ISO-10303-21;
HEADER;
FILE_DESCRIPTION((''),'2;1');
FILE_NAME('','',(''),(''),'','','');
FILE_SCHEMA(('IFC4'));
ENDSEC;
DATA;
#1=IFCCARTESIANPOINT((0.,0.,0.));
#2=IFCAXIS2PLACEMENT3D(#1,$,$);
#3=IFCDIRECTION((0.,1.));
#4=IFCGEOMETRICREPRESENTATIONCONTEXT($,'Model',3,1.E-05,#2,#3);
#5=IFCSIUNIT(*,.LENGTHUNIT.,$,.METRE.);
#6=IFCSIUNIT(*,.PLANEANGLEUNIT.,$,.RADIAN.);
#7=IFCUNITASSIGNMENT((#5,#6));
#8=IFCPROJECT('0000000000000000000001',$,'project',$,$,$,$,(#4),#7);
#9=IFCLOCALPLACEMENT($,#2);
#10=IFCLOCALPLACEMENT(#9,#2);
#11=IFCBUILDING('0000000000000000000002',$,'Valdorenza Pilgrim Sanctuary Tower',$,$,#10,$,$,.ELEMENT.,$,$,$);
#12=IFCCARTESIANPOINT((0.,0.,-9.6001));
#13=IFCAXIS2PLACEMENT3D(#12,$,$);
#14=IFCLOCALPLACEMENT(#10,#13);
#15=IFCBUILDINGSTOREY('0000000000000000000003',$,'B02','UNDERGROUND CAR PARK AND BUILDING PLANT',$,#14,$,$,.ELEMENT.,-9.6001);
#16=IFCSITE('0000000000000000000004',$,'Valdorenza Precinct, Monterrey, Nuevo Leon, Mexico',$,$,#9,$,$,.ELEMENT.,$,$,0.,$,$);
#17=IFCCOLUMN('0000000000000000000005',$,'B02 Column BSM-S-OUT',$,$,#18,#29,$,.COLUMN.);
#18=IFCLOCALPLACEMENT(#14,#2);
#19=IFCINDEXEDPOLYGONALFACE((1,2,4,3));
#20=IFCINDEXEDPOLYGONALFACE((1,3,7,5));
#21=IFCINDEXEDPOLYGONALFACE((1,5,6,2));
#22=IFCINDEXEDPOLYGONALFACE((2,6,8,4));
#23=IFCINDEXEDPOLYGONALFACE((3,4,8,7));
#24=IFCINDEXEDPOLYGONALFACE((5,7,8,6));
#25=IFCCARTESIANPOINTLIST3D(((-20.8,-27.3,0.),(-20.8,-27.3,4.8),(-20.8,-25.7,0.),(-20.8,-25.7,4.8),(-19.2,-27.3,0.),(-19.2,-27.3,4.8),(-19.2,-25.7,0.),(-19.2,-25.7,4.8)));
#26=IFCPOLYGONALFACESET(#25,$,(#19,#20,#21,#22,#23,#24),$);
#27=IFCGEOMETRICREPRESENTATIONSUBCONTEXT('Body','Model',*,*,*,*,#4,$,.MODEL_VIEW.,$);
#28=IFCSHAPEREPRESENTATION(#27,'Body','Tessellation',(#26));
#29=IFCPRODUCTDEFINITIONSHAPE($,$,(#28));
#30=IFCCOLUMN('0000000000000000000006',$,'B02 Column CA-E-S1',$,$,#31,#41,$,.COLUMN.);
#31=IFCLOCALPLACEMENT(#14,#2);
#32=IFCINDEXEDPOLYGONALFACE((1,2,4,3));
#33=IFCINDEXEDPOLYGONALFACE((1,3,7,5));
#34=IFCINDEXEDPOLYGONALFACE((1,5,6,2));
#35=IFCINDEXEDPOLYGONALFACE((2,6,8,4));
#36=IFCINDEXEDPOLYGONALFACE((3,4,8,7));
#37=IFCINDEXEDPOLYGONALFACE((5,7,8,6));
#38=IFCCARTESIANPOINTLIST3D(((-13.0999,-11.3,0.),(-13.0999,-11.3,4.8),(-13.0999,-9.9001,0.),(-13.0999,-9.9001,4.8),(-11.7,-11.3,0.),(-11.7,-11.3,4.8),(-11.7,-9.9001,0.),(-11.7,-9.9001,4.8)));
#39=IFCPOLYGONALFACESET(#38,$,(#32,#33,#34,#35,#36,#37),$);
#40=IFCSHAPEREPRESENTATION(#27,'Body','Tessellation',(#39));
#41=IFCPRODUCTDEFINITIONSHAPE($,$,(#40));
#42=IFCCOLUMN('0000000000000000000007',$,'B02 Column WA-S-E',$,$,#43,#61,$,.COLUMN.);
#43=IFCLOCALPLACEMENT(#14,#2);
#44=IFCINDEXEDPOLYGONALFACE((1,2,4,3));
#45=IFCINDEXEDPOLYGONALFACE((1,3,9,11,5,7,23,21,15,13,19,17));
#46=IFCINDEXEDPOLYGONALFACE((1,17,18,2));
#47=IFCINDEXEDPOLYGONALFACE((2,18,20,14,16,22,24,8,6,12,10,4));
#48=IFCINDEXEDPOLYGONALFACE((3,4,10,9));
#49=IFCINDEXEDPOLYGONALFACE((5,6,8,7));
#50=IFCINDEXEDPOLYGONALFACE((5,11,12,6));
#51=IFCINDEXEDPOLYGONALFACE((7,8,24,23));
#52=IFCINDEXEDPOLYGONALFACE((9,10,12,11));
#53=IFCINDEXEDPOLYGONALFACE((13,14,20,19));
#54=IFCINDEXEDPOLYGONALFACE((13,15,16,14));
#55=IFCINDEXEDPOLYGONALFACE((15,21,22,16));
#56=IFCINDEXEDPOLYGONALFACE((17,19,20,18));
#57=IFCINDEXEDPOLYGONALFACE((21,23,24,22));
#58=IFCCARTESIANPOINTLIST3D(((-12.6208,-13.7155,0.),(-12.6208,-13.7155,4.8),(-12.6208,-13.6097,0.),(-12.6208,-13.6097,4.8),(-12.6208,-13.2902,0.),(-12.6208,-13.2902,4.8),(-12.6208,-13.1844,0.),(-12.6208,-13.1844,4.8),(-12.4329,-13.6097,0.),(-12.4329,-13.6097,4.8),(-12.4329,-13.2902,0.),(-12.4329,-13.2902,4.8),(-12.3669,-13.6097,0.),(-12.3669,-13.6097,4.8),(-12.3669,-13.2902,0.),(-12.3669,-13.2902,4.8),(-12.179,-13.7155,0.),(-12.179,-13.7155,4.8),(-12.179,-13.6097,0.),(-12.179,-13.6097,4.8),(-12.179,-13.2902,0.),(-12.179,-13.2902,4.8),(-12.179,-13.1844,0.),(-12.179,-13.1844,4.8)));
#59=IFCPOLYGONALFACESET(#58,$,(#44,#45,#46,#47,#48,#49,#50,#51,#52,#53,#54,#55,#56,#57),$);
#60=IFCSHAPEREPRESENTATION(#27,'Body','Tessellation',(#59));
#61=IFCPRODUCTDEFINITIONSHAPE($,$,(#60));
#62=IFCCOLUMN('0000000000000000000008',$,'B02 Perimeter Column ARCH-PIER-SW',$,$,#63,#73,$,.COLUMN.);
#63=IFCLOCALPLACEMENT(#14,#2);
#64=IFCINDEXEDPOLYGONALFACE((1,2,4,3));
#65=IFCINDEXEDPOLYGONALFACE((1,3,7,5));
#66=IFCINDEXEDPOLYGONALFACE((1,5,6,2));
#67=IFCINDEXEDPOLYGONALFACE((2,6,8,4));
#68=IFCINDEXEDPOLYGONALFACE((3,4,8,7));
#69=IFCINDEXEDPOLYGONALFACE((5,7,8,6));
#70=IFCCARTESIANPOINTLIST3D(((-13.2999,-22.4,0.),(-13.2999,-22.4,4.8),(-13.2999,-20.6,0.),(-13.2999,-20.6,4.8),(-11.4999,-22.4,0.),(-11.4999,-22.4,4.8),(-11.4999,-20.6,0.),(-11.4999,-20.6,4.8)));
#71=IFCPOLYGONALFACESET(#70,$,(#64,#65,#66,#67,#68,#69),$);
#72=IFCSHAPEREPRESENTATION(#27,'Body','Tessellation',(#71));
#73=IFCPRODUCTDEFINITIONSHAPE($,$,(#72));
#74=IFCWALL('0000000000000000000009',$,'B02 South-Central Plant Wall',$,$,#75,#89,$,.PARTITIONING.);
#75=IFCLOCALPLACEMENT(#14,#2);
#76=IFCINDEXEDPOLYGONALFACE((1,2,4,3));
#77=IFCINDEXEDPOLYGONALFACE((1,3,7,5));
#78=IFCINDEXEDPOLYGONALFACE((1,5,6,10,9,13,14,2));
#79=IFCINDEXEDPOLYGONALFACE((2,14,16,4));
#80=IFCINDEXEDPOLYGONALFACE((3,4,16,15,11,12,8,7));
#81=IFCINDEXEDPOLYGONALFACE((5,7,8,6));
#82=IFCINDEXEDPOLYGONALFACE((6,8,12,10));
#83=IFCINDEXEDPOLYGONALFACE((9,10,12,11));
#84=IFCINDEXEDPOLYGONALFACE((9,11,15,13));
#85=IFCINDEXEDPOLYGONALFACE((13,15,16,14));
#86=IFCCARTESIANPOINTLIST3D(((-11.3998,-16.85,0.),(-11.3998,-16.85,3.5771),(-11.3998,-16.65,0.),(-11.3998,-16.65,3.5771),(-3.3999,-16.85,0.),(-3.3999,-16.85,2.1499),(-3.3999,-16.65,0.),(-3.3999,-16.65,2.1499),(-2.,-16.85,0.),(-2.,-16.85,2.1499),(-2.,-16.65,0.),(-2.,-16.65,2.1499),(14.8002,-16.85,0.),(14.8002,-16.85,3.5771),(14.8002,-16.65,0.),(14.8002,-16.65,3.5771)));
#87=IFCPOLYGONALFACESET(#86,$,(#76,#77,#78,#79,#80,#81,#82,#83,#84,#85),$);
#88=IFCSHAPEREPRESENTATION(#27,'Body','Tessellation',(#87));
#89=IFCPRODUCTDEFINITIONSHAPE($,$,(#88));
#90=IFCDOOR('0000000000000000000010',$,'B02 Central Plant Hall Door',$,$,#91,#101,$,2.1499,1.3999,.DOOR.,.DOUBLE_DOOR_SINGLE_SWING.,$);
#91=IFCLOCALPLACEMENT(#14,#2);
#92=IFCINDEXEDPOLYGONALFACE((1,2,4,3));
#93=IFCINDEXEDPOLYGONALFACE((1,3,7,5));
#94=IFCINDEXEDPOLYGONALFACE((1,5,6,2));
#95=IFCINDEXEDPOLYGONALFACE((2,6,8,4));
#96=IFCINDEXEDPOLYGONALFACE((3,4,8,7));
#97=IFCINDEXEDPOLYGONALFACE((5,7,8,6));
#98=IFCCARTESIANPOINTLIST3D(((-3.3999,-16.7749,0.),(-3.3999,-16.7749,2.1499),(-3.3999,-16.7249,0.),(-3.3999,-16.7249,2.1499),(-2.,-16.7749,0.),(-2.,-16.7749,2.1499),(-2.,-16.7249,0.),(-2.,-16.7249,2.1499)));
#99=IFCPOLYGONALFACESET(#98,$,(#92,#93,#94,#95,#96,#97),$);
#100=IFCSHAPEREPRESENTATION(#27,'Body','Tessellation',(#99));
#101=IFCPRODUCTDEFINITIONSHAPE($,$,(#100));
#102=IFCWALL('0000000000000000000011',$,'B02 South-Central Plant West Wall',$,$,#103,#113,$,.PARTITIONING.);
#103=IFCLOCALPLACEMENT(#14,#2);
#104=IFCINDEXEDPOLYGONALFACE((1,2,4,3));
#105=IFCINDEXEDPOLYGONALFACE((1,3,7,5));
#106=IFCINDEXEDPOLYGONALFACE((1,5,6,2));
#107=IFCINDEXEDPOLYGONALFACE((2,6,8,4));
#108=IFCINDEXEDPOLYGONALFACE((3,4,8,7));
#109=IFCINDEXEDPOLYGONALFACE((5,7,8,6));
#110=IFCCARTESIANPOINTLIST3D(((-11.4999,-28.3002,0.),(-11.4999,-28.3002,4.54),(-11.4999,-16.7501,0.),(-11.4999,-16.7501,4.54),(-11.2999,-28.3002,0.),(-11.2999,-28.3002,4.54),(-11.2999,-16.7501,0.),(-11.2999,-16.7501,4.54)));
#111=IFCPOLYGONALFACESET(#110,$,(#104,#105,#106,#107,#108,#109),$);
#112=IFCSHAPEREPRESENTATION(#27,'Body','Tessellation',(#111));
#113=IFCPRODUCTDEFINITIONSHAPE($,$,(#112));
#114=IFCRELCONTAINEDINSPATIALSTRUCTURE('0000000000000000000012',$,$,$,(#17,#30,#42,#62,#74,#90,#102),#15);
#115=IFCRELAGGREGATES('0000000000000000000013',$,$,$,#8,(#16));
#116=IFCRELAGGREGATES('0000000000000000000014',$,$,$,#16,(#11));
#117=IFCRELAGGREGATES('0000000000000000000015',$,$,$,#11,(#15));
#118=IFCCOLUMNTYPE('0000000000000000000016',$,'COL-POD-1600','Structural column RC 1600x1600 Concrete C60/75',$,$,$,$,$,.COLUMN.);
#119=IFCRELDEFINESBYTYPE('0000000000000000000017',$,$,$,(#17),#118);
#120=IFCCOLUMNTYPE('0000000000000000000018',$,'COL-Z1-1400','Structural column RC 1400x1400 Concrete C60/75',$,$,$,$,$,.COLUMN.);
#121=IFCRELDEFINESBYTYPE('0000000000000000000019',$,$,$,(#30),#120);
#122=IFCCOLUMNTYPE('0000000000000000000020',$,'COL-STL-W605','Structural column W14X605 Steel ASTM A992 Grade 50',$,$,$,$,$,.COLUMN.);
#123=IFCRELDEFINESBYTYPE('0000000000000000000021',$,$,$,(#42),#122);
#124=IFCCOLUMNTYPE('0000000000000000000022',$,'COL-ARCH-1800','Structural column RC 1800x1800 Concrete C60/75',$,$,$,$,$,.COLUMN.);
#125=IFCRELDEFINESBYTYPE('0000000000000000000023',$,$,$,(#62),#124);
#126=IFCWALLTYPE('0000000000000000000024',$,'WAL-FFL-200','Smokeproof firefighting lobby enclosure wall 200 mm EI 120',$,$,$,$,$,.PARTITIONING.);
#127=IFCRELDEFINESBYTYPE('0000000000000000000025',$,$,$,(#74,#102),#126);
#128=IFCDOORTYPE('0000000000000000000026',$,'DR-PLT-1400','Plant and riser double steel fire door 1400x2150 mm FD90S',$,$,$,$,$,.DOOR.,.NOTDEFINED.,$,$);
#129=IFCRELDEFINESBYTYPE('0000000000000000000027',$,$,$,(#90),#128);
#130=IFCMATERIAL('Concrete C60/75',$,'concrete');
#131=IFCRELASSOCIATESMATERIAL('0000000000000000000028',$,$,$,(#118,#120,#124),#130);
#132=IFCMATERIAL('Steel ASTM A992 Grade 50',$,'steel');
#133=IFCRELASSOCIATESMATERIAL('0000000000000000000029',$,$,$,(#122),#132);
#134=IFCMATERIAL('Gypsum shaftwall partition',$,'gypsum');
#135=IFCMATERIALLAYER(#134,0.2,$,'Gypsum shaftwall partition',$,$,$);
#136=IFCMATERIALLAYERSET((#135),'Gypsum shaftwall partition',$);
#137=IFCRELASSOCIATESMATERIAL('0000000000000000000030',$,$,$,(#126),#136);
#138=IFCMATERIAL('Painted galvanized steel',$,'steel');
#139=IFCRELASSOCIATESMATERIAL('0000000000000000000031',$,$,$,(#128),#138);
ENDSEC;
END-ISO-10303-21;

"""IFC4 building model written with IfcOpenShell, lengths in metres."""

from ifc_helpers import new_model, si_unit, direction, frame, frame_2d, origin, origin_2d, place, context, subcontext, project, spatial, rectangle, i_section, extrude, source, transform, mapped, material, layer, layer_set, material_profile, profile_set, type_object, element, fill, save


model = new_model("IFC4")

# Units and contexts
model_context = context("Model", 3, precision=1e-05, world=origin(), true_north=direction((0.0, 1.0)))
body_context = subcontext(model_context, "Body", "Model", "MODEL_VIEW")
ifc_project = project(units=[si_unit("LENGTHUNIT", "METRE"), si_unit("PLANEANGLEUNIT", "RADIAN")], contexts=[model_context])

# Site, building, storey
site_placement = place(None, origin())
site = spatial("IfcSite", under=ifc_project, at=site_placement, Name="Valdorenza Precinct, Monterrey, Nuevo Leon, Mexico", CompositionType="ELEMENT", RefElevation=0.0)
building_placement = place(site_placement, origin())
building = spatial("IfcBuilding", under=site, at=building_placement, Name="Valdorenza Pilgrim Sanctuary Tower", CompositionType="ELEMENT")
storey_placement = place(building_placement, frame((0.0, 0.0, -9.6001)))
storey = spatial("IfcBuildingStorey", under=building, at=storey_placement, Name="B02", Description="UNDERGROUND CAR PARK AND BUILDING PLANT", CompositionType="ELEMENT", Elevation=-9.6001)

# Columns
ifc_material_1 = material(Name="Concrete C60/75", Category="concrete")
ifc_material_profile_1 = material_profile(ifc_material_1, rectangle(XDim=1.6001, YDim=1.6001, at=origin_2d()), Name="RC 1600x1600")
ifc_profile_set_1 = profile_set([ifc_material_profile_1], Name="Concrete C60/75")
column_type_1 = type_object("IfcColumnType", Name="COL-POD-1600", Description="Structural column RC 1600x1600 Concrete C60/75", PredefinedType="COLUMN", material=ifc_profile_set_1)
shared_shape_1 = source(origin(), body_context, "Body", "SweptSolid", [
    extrude(rectangle(XDim=1.6001, YDim=1.6001, at=origin_2d()), origin(), (0.0, 0.0, 1.0), 4.8),
])
column_1_placement = place(storey_placement, frame((-20.0, -26.5, 0.0), z_axis=(0.0, 0.0, 1.0), x_axis=(1.0, 0.0, 0.0)))
element("IfcColumn", 1, at=column_1_placement, inside=storey, type_object=column_type_1, Name="B02 Column BSM-S-OUT", PredefinedType="COLUMN", context=body_context, shape_type="MappedRepresentation", body=[
    mapped(shared_shape_1, transform((0.0, 0.0, 0.0), x_axis=(1.0, 0.0, 0.0), y_axis=(0.0, 1.0, 0.0), z_axis=(0.0, 0.0, 1.0), scale=1.0)),
])
ifc_material_profile_2 = material_profile(ifc_material_1, rectangle(XDim=1.3999, YDim=1.3999, at=origin_2d()), Name="RC 1400x1400")
ifc_profile_set_2 = profile_set([ifc_material_profile_2], Name="Concrete C60/75")
column_type_2 = type_object("IfcColumnType", Name="COL-Z1-1400", Description="Structural column RC 1400x1400 Concrete C60/75", PredefinedType="COLUMN", material=ifc_profile_set_2)
shared_shape_2 = source(origin(), body_context, "Body", "SweptSolid", [
    extrude(rectangle(XDim=1.3999, YDim=1.3999, at=origin_2d()), origin(), (0.0, 0.0, 1.0), 4.8),
])
column_2_placement = place(storey_placement, frame((-12.3999, -10.6001, 0.0), z_axis=(0.0, 0.0, 1.0), x_axis=(1.0, 0.0, 0.0)))
element("IfcColumn", 2, at=column_2_placement, inside=storey, type_object=column_type_2, Name="B02 Column CA-E-S1", PredefinedType="COLUMN", context=body_context, shape_type="MappedRepresentation", body=[
    mapped(shared_shape_2, transform((0.0, 0.0, 0.0), x_axis=(1.0, 0.0, 0.0), y_axis=(0.0, 1.0, 0.0), z_axis=(0.0, 0.0, 1.0), scale=1.0)),
])
ifc_material_2 = material(Name="Steel ASTM A992 Grade 50", Category="steel")
ifc_material_profile_3 = material_profile(ifc_material_2, i_section(OverallWidth=0.4419, OverallDepth=0.531, WebThickness=0.0659, FlangeThickness=0.1057, at=origin_2d()), Name="W14X605")
ifc_profile_set_3 = profile_set([ifc_material_profile_3], Name="Steel ASTM A992 Grade 50")
column_type_3 = type_object("IfcColumnType", Name="COL-STL-W605", Description="Structural column W14X605 Steel ASTM A992 Grade 50", PredefinedType="COLUMN", material=ifc_profile_set_3)
shared_shape_3 = source(origin(), body_context, "Body", "SweptSolid", [
    extrude(i_section(OverallWidth=0.4419, OverallDepth=0.531, WebThickness=0.0659, FlangeThickness=0.1057, at=origin_2d()), origin(), (0.0, 0.0, 1.0), 4.8),
])
column_3_placement = place(storey_placement, frame((-12.3999, -13.45, 0.0), z_axis=(0.0, 0.0, 1.0), x_axis=(1.0, 0.0, 0.0)))
element("IfcColumn", 3, at=column_3_placement, inside=storey, type_object=column_type_3, Name="B02 Column WA-S-E", PredefinedType="COLUMN", context=body_context, shape_type="MappedRepresentation", body=[
    mapped(shared_shape_3, transform((0.0, 0.0, 0.0), x_axis=(1.0, 0.0, 0.0), y_axis=(0.0, 1.0, 0.0), z_axis=(0.0, 0.0, 1.0), scale=1.0)),
])
ifc_material_profile_4 = material_profile(ifc_material_1, rectangle(XDim=1.8, YDim=1.8, at=origin_2d()), Name="RC 1800x1800")
ifc_profile_set_4 = profile_set([ifc_material_profile_4], Name="Concrete C60/75")
column_type_4 = type_object("IfcColumnType", Name="COL-ARCH-1800", Description="Structural column RC 1800x1800 Concrete C60/75", PredefinedType="COLUMN", material=ifc_profile_set_4)
shared_shape_4 = source(origin(), body_context, "Body", "SweptSolid", [
    extrude(rectangle(XDim=1.8, YDim=1.8, at=origin_2d()), origin(), (0.0, 0.0, 1.0), 4.8),
])
column_4_placement = place(storey_placement, frame((-12.3999, -21.5, 0.0), z_axis=(0.0, 0.0, 1.0), x_axis=(1.0, 0.0, 0.0)))
element("IfcColumn", 4, at=column_4_placement, inside=storey, type_object=column_type_4, Name="B02 Perimeter Column ARCH-PIER-SW", PredefinedType="COLUMN", context=body_context, shape_type="MappedRepresentation", body=[
    mapped(shared_shape_4, transform((0.0, 0.0, 0.0), x_axis=(1.0, 0.0, 0.0), y_axis=(0.0, 1.0, 0.0), z_axis=(0.0, 0.0, 1.0), scale=1.0)),
])

# Wall, opening, door
ifc_material_3 = material(Name="Gypsum shaftwall partition", Category="gypsum")
ifc_layer = layer(ifc_material_3, 0.2, Name="Gypsum shaftwall partition")
ifc_layer_set = layer_set([ifc_layer], Name="Gypsum shaftwall partition")
wall_type = type_object("IfcWallType", Name="WAL-FFL-200", Description="Smokeproof firefighting lobby enclosure wall 200 mm EI 120", PredefinedType="PARTITIONING", material=ifc_layer_set)
wall_1_placement = place(storey_placement, frame((-11.3999, -16.75, 0.0), z_axis=(0.0, 0.0, 1.0), x_axis=(1.0, 0.0, 0.0)))
wall_1 = element("IfcWall", 5, at=wall_1_placement, inside=storey, type_object=wall_type, Name="B02 South-Central Plant Wall", PredefinedType="PARTITIONING", context=body_context, shape_type="SweptSolid", body=[
    extrude(rectangle(XDim=26.2, YDim=0.2, at=frame_2d((13.1001, 0.0))), origin(), (0.0, 0.0, 1.0), 3.5771),
])
opening_placement = place(wall_1_placement, frame((8.0, 0.0, 0.0)))
opening = element("IfcOpeningElement", 6, at=opening_placement, cuts=wall_1, PredefinedType="OPENING", context=body_context, shape_type="SweptSolid", body=[
    extrude(rectangle(XDim=1.3999, YDim=2.1499, at=frame_2d((0.7, 1.075))), frame((0.0, 0.1147, 0.0), z_axis=(0.0, -1.0, 0.0), x_axis=(1.0, 0.0, 0.0)), (0.0, 0.0, 1.0), 0.2297),
])
ifc_material_4 = material(Name="Painted galvanized steel", Category="steel")
door_type = type_object("IfcDoorType", Name="DR-PLT-1400", Description="Plant and riser double steel fire door 1400x2150 mm FD90S", OperationType="NOTDEFINED", PredefinedType="DOOR", material=ifc_material_4)
door_placement = place(opening_placement, frame((1.3999, 0.0, 0.0), z_axis=(0.0, 0.0, 1.0), x_axis=(-1.0, 0.0, 0.0)))
door = element("IfcDoor", 7, at=door_placement, inside=storey, type_object=door_type, Name="B02 Central Plant Hall Door", OperationType="DOUBLE_DOOR_SINGLE_SWING", OverallHeight=2.1499, OverallWidth=1.3999, PredefinedType="DOOR", context=body_context, shape_type="SweptSolid", body=[
    extrude(rectangle(XDim=1.3999, YDim=2.1499, at=frame_2d((0.7, 1.075))), frame((0.0, 0.0249, 0.0), z_axis=(0.0, -1.0, 0.0), x_axis=(1.0, 0.0, 0.0)), (0.0, 0.0, 1.0), 0.05),
])
fill(opening, door)

# Wall
wall_2_placement = place(storey_placement, frame((-11.3999, -28.3, 0.0), z_axis=(0.0, 0.0, 1.0), x_axis=(0.0, 1.0, 0.0)))
element("IfcWall", 8, at=wall_2_placement, inside=storey, type_object=wall_type, Name="B02 South-Central Plant West Wall", PredefinedType="PARTITIONING", context=body_context, shape_type="SweptSolid", body=[
    extrude(rectangle(XDim=11.55, YDim=0.2, at=frame_2d((5.7749, 0.0))), origin(), (0.0, 0.0, 1.0), 4.54),
])

save(model, "model.ifc")
